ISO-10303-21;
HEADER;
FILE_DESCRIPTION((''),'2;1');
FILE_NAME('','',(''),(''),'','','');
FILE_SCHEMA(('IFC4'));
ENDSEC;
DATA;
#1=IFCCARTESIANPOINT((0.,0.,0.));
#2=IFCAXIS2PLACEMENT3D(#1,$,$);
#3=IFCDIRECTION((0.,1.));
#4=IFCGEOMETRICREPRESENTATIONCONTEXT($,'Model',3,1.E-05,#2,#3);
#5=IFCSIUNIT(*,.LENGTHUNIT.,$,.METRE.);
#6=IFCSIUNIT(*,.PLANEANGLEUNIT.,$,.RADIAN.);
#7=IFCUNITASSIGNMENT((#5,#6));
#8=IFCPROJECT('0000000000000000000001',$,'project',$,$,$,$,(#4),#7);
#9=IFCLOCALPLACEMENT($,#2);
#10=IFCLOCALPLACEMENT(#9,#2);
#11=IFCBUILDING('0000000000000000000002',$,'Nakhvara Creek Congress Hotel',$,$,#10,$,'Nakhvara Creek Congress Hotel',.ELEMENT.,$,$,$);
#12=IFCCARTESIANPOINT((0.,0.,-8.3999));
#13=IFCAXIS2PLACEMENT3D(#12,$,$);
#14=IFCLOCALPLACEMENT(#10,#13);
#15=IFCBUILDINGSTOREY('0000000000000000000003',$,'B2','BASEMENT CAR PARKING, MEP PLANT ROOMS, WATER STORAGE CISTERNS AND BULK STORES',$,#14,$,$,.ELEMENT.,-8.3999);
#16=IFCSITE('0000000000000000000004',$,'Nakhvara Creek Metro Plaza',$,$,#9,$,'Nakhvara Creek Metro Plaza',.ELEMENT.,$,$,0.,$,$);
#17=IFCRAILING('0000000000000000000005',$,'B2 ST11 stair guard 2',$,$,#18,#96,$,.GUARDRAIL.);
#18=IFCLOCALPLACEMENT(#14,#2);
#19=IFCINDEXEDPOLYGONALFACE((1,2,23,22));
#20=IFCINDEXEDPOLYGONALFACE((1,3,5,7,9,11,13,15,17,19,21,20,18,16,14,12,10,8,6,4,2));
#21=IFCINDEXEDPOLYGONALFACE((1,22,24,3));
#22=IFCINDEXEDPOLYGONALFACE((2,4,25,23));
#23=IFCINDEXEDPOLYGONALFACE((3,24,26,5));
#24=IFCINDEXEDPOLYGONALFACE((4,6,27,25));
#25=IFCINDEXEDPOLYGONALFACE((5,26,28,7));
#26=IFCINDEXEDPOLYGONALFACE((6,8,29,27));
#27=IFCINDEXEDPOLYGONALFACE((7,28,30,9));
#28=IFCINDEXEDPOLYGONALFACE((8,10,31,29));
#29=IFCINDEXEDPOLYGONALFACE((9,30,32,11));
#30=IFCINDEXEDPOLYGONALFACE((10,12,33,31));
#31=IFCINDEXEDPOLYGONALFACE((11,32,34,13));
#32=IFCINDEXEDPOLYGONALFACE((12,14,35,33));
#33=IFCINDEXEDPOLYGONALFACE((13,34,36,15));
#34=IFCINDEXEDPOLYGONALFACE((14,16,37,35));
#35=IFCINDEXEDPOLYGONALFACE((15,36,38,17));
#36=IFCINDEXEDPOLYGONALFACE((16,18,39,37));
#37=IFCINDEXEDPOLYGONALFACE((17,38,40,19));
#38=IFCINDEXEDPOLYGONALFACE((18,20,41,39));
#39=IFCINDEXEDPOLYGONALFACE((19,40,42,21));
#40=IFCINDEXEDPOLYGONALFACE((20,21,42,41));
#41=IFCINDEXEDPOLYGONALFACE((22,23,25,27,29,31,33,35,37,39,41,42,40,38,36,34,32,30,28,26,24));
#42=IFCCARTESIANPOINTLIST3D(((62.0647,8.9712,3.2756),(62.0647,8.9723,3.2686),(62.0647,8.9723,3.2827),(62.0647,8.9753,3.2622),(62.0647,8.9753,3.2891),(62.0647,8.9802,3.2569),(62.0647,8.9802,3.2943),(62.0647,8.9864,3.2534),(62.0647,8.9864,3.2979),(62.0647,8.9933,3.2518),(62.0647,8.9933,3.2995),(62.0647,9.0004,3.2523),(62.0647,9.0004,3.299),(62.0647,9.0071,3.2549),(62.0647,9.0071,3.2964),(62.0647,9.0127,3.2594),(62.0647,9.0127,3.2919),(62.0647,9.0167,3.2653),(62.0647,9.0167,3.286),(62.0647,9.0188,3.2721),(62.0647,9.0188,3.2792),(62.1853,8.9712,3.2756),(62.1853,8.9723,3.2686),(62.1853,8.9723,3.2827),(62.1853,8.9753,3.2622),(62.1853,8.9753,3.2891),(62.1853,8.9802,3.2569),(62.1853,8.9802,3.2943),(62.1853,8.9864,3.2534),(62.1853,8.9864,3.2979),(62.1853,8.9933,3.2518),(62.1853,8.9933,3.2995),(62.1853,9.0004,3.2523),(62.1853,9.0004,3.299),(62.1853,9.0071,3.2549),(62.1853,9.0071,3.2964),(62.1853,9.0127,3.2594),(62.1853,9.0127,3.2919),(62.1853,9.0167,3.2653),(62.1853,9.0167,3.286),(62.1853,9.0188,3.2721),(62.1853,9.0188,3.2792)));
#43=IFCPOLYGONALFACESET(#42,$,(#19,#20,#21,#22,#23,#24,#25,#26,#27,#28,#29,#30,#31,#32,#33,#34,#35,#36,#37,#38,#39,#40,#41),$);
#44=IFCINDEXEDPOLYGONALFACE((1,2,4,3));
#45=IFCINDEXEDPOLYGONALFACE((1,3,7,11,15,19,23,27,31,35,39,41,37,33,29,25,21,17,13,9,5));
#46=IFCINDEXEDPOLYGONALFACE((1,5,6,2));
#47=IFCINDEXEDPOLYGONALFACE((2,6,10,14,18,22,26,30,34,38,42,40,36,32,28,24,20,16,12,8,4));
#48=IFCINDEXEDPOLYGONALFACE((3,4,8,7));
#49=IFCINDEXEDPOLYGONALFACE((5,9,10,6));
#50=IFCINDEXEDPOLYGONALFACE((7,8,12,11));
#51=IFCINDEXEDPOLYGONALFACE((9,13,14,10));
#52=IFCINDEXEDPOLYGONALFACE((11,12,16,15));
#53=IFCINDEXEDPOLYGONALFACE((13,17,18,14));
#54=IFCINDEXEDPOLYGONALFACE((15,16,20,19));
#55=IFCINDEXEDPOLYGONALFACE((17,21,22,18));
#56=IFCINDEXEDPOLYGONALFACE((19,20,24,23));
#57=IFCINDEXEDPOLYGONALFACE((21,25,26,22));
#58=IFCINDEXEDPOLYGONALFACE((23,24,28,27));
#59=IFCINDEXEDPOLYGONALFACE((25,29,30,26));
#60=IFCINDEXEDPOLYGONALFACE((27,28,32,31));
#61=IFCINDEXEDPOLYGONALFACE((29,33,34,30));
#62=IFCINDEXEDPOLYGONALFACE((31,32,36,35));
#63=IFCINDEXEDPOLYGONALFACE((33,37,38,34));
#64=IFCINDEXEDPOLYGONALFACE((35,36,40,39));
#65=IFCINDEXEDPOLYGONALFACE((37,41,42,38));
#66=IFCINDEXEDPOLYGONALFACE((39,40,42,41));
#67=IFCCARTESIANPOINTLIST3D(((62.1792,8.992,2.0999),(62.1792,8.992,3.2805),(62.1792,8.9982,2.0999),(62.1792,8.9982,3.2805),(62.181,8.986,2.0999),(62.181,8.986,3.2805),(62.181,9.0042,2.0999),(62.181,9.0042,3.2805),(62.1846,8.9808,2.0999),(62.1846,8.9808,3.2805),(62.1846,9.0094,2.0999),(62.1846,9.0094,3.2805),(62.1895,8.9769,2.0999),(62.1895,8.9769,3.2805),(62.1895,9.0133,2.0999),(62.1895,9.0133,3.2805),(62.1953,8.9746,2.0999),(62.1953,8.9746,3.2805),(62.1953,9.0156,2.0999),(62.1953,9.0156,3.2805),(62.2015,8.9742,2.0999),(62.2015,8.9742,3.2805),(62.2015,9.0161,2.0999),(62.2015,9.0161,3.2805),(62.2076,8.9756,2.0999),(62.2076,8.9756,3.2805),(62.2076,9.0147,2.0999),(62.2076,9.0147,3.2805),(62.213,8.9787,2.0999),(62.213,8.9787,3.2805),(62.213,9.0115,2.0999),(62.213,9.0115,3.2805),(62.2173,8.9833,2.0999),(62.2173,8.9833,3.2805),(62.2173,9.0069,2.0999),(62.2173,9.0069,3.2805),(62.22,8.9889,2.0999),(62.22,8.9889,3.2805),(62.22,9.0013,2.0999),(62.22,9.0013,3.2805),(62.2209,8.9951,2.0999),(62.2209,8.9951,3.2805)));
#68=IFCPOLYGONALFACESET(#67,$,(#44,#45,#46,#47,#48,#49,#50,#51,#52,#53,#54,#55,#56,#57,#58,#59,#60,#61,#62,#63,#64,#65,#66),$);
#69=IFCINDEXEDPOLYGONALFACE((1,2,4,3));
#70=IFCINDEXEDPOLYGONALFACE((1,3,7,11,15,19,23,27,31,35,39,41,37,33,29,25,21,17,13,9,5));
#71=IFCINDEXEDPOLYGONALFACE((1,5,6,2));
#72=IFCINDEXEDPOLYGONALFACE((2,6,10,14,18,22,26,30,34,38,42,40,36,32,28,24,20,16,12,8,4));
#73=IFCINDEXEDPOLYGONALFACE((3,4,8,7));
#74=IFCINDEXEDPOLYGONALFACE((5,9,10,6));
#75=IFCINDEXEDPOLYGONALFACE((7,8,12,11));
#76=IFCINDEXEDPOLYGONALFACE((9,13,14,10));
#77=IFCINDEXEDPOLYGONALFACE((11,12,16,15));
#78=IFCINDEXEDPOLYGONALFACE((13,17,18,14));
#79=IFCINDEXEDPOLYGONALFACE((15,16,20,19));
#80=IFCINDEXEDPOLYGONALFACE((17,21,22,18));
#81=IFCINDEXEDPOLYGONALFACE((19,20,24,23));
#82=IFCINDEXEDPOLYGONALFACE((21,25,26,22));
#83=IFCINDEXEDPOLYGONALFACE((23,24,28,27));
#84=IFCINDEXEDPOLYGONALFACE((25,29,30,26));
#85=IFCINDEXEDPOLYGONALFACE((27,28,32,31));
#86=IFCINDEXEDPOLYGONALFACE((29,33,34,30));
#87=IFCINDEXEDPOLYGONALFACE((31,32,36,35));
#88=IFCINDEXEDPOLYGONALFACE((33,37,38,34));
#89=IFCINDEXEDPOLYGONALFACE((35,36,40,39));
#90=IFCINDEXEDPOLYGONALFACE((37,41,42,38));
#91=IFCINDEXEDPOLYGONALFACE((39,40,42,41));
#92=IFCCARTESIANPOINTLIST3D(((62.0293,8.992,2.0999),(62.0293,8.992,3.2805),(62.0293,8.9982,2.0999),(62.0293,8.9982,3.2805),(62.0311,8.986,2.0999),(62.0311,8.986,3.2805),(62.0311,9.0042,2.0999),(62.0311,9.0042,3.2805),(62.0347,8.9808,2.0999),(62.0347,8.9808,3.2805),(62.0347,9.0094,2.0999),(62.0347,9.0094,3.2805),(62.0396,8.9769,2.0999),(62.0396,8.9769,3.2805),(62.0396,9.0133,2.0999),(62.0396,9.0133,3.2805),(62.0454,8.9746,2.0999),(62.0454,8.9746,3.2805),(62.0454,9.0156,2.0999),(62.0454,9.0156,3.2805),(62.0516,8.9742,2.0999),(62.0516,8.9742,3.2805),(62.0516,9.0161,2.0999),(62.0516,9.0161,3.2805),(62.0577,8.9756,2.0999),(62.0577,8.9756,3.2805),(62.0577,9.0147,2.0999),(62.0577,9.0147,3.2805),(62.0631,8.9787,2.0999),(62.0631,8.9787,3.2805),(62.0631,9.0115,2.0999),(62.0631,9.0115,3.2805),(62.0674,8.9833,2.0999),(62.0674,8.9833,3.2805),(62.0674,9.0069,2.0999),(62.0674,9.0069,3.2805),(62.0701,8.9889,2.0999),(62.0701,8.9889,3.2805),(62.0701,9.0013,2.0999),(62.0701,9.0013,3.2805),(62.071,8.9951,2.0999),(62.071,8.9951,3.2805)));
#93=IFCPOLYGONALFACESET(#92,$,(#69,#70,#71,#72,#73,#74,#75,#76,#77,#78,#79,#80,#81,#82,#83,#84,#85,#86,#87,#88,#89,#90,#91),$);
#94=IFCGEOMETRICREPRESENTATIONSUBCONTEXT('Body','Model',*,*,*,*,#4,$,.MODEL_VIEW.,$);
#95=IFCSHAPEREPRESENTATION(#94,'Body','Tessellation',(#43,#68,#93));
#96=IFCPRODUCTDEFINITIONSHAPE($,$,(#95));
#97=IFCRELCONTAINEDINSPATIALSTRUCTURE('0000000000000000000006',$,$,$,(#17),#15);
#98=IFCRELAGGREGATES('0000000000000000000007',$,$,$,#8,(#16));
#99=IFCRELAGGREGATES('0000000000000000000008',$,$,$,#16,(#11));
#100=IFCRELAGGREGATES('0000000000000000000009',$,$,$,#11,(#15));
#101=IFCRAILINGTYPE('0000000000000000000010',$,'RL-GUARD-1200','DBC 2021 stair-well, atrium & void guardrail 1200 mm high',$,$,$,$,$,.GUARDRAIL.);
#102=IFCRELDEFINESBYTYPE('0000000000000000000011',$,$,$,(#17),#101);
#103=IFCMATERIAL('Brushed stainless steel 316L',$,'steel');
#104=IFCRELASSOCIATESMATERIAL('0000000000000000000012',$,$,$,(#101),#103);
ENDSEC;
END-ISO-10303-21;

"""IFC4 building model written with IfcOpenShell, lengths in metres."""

from ifc_helpers import new_model, si_unit, direction, frame, origin, origin_2d, place, context, subcontext, project, spatial, circle, extrude, material, type_object, element, save


model = new_model("IFC4")

# Units and contexts
model_context = context("Model", 3, precision=1e-05, world=origin(), true_north=direction((0.0, 1.0)))
body_context = subcontext(model_context, "Body", "Model", "MODEL_VIEW")
ifc_project = project(units=[si_unit("LENGTHUNIT", "METRE"), si_unit("PLANEANGLEUNIT", "RADIAN")], contexts=[model_context])

# Site, building, storey
site_placement = place(None, origin())
site = spatial("IfcSite", under=ifc_project, at=site_placement, Name="Nakhvara Creek Metro Plaza", LongName="Nakhvara Creek Metro Plaza", CompositionType="ELEMENT", RefElevation=0.0)
building_placement = place(site_placement, origin())
building = spatial("IfcBuilding", under=site, at=building_placement, Name="Nakhvara Creek Congress Hotel", LongName="Nakhvara Creek Congress Hotel", CompositionType="ELEMENT")
storey_placement = place(building_placement, frame((0.0, 0.0, -8.3999)))
storey = spatial("IfcBuildingStorey", under=building, at=storey_placement, Name="B2", Description="BASEMENT CAR PARKING, MEP PLANT ROOMS, WATER STORAGE CISTERNS AND BULK STORES", CompositionType="ELEMENT", Elevation=-8.3999)

# Railing
ifc_material_1 = material(Name="Brushed stainless steel 316L", Category="steel")
railing_type_1 = type_object("IfcRailingType", Name="RL-GUARD-1200", Description="DBC 2021 stair-well, atrium & void guardrail 1200 mm high", PredefinedType="GUARDRAIL", material=ifc_material_1)
railing_1_placement = place(storey_placement, frame((62.2, 8.9951, 2.0999)))
element("IfcRailing", 1, at=railing_1_placement, inside=storey, type_object=railing_type_1, Name="B2 ST11 stair guard 2", PredefinedType="GUARDRAIL", context=body_context, shape_type="SweptSolid", body=[
    extrude(circle(Radius=0.0239, at=origin_2d()), frame((-0.0146, 0.0, 1.1758), z_axis=(-1.0, 0.0, 0.0), x_axis=(0.0, -1.0, 0.0)), (0.0, 0.0, 1.0), 0.1206),
    extrude(circle(Radius=0.021, at=origin_2d()), origin(), (0.0, 0.0, 1.0), 1.1807),
    extrude(circle(Radius=0.021, at=origin_2d()), frame((-0.1499, 0.0, 0.0)), (0.0, 0.0, 1.0), 1.1807),
])

save(model, "model.ifc")
